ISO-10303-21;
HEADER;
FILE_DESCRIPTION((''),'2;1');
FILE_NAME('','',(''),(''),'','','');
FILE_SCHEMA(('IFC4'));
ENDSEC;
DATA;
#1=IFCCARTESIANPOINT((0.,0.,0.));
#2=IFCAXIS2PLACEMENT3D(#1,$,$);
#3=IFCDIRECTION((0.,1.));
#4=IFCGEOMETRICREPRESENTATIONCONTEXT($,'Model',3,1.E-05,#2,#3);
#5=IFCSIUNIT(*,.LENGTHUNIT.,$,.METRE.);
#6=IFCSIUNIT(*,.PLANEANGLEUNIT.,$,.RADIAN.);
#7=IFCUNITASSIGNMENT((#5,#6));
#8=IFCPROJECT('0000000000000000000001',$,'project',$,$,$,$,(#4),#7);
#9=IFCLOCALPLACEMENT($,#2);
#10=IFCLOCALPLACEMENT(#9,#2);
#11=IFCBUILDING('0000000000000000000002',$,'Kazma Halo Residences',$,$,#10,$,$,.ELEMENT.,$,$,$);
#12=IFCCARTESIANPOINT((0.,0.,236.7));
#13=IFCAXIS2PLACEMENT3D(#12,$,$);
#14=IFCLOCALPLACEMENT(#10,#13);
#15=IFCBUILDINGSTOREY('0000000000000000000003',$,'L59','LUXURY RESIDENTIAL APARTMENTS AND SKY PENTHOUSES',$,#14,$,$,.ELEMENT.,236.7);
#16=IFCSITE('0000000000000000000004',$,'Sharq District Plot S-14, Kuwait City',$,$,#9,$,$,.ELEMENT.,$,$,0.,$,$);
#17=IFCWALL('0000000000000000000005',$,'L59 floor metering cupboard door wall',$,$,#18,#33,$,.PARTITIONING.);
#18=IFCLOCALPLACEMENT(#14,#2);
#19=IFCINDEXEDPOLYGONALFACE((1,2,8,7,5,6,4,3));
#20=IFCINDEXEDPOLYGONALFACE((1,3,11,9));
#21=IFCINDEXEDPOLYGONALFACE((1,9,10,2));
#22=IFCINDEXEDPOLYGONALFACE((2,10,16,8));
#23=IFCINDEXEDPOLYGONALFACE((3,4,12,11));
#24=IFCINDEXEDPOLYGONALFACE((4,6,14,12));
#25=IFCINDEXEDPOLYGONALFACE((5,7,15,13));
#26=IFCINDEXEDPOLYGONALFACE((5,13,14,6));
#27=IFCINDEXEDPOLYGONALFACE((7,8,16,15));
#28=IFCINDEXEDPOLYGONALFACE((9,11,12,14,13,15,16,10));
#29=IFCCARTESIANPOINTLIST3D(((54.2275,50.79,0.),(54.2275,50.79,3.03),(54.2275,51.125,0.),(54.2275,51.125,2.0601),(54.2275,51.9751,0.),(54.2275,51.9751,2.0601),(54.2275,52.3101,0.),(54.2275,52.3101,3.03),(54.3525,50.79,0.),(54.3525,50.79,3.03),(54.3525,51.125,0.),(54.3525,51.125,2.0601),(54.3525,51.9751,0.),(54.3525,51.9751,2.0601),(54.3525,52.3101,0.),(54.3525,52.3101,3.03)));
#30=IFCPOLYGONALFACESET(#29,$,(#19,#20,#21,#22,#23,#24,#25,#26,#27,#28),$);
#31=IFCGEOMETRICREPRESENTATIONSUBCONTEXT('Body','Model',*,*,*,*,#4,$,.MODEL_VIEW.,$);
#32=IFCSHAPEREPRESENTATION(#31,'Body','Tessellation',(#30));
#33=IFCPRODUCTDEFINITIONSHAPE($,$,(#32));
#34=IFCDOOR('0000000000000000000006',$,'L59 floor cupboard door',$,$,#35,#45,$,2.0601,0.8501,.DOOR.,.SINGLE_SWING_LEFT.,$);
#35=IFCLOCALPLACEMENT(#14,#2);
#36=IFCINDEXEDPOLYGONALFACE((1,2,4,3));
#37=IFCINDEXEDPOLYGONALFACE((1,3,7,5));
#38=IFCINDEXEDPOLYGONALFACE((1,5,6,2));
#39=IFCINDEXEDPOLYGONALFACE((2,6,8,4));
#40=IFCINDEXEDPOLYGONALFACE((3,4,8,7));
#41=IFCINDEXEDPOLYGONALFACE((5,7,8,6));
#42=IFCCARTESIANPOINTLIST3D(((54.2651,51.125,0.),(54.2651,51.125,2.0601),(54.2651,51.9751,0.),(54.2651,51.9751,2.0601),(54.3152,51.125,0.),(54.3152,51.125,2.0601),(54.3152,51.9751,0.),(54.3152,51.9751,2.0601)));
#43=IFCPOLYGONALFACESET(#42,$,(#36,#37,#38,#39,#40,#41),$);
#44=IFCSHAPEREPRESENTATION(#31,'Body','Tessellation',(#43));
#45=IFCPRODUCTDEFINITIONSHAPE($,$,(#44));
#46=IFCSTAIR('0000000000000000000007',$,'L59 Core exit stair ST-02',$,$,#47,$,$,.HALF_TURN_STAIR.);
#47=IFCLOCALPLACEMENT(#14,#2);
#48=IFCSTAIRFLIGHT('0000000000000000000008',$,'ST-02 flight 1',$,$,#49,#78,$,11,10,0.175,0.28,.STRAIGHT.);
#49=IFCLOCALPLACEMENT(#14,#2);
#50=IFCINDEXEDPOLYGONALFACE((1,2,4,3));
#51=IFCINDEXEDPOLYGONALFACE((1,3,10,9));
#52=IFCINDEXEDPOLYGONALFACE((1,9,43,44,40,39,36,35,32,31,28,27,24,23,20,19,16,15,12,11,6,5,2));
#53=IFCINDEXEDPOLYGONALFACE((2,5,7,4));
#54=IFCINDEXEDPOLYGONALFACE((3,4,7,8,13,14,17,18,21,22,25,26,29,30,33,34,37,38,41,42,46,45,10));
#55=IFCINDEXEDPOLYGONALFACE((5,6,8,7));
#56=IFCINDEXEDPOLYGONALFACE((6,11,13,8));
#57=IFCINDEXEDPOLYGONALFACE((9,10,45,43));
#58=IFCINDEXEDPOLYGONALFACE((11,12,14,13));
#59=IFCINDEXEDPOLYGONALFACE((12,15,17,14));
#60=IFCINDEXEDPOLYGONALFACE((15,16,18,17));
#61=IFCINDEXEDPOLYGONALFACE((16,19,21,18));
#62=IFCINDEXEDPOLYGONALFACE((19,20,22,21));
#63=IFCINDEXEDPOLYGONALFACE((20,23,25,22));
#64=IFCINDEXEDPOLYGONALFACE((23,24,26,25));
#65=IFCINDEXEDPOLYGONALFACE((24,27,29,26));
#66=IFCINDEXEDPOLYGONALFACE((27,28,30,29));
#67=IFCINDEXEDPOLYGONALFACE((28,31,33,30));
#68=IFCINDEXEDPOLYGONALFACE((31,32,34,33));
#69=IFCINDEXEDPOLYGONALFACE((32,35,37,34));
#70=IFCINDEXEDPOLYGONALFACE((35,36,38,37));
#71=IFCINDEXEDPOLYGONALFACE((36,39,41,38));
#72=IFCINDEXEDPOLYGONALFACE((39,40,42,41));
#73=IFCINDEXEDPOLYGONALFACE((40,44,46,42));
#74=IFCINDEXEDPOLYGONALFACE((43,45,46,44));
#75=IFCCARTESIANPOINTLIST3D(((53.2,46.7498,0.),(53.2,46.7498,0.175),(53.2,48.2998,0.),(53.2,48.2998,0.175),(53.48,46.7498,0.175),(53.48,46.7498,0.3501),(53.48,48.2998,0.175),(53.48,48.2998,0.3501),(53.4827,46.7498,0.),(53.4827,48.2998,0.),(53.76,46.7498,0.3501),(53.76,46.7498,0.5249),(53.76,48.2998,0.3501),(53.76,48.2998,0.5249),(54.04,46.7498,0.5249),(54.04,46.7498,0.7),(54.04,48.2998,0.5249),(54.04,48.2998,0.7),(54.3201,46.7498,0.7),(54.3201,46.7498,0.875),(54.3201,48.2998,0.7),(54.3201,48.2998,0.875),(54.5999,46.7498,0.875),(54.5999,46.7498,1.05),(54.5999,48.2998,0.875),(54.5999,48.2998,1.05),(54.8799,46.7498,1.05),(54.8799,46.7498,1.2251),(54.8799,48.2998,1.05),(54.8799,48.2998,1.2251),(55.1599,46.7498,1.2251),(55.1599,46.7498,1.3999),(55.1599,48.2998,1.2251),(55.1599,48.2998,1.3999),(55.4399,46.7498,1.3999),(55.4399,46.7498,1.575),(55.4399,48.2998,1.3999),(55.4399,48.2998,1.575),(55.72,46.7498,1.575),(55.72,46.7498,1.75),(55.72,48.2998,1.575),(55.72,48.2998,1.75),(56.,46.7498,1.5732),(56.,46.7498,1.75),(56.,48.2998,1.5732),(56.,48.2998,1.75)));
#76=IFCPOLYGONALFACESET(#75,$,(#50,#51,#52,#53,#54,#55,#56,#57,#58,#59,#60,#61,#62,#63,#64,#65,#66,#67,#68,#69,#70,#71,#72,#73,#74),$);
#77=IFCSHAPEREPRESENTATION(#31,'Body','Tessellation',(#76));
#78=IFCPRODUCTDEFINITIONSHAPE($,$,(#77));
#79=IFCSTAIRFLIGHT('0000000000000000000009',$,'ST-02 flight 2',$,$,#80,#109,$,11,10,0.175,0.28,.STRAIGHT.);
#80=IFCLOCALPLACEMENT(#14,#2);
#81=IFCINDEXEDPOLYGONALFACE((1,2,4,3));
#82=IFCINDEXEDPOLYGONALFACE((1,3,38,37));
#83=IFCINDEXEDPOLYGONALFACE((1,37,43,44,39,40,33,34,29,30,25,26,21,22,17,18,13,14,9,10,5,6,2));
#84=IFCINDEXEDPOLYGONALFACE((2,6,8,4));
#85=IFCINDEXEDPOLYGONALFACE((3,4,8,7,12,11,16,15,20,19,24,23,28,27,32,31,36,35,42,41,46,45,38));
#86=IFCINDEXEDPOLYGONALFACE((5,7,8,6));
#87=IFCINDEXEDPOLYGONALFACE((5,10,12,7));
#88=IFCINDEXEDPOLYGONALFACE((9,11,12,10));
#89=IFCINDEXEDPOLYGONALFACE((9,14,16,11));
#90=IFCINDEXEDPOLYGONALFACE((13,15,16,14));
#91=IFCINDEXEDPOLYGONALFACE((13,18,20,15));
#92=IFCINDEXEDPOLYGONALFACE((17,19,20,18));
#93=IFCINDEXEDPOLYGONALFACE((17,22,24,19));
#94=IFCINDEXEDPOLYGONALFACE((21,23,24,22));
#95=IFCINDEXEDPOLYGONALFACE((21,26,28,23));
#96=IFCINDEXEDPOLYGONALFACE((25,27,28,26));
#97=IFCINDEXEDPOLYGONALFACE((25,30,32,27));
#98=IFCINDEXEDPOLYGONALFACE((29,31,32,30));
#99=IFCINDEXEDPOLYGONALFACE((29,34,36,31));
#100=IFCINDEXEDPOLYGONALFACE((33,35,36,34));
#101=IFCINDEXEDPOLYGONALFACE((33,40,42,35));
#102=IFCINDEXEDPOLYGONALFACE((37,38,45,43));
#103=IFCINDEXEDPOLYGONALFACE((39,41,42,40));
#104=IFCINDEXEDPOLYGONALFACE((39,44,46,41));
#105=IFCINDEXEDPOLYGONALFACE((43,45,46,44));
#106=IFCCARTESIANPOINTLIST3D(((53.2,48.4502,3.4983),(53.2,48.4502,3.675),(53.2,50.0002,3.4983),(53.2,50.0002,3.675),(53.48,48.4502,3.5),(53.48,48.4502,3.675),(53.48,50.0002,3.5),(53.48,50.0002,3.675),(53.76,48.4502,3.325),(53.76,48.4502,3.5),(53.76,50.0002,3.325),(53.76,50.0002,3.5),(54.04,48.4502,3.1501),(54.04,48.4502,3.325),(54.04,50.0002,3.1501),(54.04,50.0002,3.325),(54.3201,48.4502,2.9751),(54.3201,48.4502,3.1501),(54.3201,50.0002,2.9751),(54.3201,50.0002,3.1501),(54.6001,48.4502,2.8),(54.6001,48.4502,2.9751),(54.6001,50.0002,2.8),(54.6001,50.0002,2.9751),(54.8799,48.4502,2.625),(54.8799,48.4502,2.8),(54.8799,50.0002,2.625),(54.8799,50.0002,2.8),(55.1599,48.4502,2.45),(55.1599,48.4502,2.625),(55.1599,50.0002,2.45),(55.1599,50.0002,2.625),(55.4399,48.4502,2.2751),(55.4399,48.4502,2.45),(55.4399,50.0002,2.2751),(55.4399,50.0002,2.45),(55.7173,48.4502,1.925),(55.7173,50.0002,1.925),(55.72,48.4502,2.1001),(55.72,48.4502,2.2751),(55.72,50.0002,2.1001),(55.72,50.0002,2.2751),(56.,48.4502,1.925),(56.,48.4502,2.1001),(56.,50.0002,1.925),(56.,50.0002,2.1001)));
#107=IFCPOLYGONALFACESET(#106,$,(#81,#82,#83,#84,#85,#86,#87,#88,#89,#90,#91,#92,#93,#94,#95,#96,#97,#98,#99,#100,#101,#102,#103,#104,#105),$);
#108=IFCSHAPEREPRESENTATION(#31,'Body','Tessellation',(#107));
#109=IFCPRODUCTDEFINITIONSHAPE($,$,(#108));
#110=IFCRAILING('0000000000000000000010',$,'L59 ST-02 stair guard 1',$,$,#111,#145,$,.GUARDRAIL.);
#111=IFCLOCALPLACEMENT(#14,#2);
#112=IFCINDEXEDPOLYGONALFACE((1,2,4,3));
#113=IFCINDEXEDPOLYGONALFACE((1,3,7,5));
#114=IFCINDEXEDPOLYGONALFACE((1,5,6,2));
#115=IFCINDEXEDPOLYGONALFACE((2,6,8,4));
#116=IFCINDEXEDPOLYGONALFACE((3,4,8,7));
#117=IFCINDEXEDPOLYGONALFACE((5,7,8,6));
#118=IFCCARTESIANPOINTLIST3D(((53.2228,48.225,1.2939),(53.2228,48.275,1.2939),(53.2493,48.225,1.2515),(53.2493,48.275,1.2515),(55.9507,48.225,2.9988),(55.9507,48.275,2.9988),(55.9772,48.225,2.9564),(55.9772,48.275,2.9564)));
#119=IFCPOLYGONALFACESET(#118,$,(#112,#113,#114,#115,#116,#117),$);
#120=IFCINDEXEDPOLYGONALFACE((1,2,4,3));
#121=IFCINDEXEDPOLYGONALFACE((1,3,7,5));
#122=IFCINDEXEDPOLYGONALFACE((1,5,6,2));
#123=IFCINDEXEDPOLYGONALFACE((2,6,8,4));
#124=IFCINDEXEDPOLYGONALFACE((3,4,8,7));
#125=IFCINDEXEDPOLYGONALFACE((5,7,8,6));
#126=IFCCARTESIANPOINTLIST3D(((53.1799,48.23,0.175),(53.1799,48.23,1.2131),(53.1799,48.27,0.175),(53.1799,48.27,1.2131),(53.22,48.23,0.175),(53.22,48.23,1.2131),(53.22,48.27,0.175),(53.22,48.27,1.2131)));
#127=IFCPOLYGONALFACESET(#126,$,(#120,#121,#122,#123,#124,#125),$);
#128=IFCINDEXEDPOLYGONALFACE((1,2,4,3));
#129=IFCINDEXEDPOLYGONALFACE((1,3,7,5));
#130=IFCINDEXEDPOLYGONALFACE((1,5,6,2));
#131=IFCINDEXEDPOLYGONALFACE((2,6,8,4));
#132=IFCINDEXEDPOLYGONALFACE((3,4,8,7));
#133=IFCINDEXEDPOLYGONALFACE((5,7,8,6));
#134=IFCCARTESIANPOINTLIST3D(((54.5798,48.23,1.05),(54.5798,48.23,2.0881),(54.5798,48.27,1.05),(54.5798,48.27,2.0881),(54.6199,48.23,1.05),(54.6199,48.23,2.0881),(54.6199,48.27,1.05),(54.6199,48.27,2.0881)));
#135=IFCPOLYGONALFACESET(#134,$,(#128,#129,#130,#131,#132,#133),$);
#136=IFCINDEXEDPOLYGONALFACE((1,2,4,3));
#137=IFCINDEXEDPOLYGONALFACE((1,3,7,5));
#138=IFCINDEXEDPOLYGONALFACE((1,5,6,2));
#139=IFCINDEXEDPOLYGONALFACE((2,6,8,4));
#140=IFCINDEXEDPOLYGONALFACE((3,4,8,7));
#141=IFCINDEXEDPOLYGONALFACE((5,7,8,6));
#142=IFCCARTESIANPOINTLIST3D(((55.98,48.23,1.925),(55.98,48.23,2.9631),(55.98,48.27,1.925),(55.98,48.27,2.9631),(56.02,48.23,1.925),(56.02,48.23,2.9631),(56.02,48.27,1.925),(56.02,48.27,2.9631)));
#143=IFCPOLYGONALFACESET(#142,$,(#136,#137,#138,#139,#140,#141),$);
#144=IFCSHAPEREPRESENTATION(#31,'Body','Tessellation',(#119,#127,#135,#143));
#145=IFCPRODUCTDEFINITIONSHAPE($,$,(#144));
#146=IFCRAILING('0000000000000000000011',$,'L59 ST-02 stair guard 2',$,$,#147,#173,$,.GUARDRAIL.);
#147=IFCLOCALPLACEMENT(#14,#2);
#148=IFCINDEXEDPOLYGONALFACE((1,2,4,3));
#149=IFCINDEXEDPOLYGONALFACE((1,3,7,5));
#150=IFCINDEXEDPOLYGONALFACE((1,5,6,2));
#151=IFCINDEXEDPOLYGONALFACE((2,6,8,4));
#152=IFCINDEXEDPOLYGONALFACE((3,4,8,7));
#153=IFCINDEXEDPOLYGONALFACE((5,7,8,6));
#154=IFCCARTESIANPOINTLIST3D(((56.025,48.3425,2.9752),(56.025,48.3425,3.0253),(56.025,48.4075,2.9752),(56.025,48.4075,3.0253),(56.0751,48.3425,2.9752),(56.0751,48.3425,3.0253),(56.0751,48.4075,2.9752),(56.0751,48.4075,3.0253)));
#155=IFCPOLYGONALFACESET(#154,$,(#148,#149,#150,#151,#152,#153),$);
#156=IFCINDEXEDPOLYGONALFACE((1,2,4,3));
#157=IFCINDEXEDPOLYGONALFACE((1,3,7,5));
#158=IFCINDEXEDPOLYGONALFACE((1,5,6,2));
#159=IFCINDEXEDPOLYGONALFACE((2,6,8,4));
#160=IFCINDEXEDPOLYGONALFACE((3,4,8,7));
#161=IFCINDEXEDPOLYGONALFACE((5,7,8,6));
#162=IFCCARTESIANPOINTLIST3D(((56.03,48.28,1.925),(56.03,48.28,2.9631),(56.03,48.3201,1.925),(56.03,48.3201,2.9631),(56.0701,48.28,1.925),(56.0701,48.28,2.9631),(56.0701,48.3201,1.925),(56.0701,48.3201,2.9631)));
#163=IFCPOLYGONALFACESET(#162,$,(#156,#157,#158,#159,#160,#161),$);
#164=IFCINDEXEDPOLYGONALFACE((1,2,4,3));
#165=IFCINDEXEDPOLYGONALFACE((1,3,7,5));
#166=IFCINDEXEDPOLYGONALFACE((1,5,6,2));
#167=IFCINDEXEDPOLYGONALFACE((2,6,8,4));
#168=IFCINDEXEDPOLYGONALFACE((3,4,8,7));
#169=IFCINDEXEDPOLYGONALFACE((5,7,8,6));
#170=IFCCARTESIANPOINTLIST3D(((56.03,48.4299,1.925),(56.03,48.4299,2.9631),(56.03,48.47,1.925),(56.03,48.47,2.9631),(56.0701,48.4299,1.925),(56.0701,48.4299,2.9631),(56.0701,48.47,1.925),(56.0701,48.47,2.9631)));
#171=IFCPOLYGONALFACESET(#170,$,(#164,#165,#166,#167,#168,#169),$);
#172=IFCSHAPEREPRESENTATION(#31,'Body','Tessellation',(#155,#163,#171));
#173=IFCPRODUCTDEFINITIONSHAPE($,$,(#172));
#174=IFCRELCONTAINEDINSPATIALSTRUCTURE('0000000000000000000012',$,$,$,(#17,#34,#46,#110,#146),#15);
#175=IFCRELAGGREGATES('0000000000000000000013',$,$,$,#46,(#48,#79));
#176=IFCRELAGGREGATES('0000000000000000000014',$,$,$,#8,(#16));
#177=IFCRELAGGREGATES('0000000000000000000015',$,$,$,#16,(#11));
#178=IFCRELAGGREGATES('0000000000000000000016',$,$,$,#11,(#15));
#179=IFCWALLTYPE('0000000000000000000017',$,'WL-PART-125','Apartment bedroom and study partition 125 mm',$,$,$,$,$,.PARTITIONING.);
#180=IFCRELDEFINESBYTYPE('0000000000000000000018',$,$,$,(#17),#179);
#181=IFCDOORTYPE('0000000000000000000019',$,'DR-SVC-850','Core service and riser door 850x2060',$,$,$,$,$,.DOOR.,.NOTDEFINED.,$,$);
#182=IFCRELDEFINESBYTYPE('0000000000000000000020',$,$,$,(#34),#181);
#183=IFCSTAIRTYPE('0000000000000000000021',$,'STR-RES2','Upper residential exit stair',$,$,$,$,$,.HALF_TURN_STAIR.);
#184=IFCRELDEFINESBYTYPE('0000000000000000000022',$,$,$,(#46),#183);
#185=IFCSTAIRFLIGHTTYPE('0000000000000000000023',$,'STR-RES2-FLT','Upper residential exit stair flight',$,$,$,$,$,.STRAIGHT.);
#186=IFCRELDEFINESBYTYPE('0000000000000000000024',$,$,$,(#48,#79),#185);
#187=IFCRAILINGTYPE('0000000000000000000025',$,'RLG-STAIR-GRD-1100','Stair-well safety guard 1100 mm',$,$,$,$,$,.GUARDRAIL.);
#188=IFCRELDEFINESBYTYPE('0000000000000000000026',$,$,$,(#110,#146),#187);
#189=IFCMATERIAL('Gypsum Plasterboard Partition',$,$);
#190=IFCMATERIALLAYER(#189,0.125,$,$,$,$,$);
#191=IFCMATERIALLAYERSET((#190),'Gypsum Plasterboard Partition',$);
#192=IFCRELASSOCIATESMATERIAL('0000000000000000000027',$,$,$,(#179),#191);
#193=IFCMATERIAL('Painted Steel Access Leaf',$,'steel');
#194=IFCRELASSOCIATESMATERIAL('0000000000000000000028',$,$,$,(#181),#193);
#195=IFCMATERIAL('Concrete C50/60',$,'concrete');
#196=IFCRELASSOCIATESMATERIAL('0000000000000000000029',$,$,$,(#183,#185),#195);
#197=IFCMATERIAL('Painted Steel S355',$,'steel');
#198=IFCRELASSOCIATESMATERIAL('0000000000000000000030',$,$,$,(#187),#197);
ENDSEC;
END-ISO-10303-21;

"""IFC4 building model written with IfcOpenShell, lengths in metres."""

from ifc_helpers import new_model, si_unit, direction, frame, frame_2d, origin, origin_2d, place, context, subcontext, project, spatial, polyline, rectangle, outline, extrude, material, layer, layer_set, type_object, element, fill, aggregate, save


model = new_model("IFC4")

# Units and contexts
model_context = context("Model", 3, precision=1e-05, world=origin(), true_north=direction((0.0, 1.0)))
body_context = subcontext(model_context, "Body", "Model", "MODEL_VIEW")
ifc_project = project(units=[si_unit("LENGTHUNIT", "METRE"), si_unit("PLANEANGLEUNIT", "RADIAN")], contexts=[model_context])

# Site, building, storey
site_placement = place(None, origin())
site = spatial("IfcSite", under=ifc_project, at=site_placement, Name="Sharq District Plot S-14, Kuwait City", CompositionType="ELEMENT", RefElevation=0.0)
building_placement = place(site_placement, origin())
building = spatial("IfcBuilding", under=site, at=building_placement, Name="Kazma Halo Residences", CompositionType="ELEMENT")
storey_placement = place(building_placement, frame((0.0, 0.0, 236.7)))
storey = spatial("IfcBuildingStorey", under=building, at=storey_placement, Name="L59", Description="LUXURY RESIDENTIAL APARTMENTS AND SKY PENTHOUSES", CompositionType="ELEMENT", Elevation=236.7)

# Wall, opening, door
ifc_material_1 = material(Name="Gypsum Plasterboard Partition")
ifc_layer_1 = layer(ifc_material_1, 0.125)
ifc_layer_set_1 = layer_set([ifc_layer_1], Name="Gypsum Plasterboard Partition")
wall_type_1 = type_object("IfcWallType", Name="WL-PART-125", Description="Apartment bedroom and study partition 125 mm", PredefinedType="PARTITIONING", material=ifc_layer_set_1)
wall_1_placement = place(storey_placement, frame((54.29, 50.79, 0.0), z_axis=(0.0, 0.0, 1.0), x_axis=(0.0, 1.0, 0.0)))
wall_1 = element("IfcWall", 1, at=wall_1_placement, inside=storey, type_object=wall_type_1, Name="L59 floor metering cupboard door wall", PredefinedType="PARTITIONING", context=body_context, shape_type="SweptSolid", body=[
    extrude(rectangle(XDim=1.52, YDim=0.125, at=frame_2d((0.76, 0.0))), origin(), (0.0, 0.0, 1.0), 3.03),
])
opening_1_placement = place(wall_1_placement, frame((0.335, 0.0, 0.0)))
opening_1 = element("IfcOpeningElement", 2, at=opening_1_placement, cuts=wall_1, PredefinedType="OPENING", context=body_context, shape_type="SweptSolid", body=[
    extrude(rectangle(XDim=0.8501, YDim=2.0601, at=frame_2d((0.425, 1.03))), frame((0.0, 0.0725, 0.0), z_axis=(0.0, -1.0, 0.0), x_axis=(1.0, 0.0, 0.0)), (0.0, 0.0, 1.0), 0.145),
])
ifc_material_2 = material(Name="Painted Steel Access Leaf", Category="steel")
door_type_1 = type_object("IfcDoorType", Name="DR-SVC-850", Description="Core service and riser door 850x2060", OperationType="NOTDEFINED", PredefinedType="DOOR", material=ifc_material_2)
door_1_placement = place(opening_1_placement, origin())
door_1 = element("IfcDoor", 3, at=door_1_placement, inside=storey, type_object=door_type_1, Name="L59 floor cupboard door", OperationType="SINGLE_SWING_LEFT", OverallHeight=2.0601, OverallWidth=0.8501, PredefinedType="DOOR", context=body_context, shape_type="SweptSolid", body=[
    extrude(rectangle(XDim=0.8501, YDim=2.0601, at=frame_2d((0.425, 1.03))), frame((0.0, 0.0249, 0.0), z_axis=(0.0, -1.0, 0.0), x_axis=(1.0, 0.0, 0.0)), (0.0, 0.0, 1.0), 0.05),
])
fill(opening_1, door_1)
ifc_material_3 = material(Name="Concrete C50/60", Category="concrete")

# Stair, stair flights
stair_type = type_object("IfcStairType", Name="STR-RES2", Description="Upper residential exit stair", PredefinedType="HALF_TURN_STAIR", material=ifc_material_3)
stair_placement = place(storey_placement, origin())
stair = element("IfcStair", 4, at=stair_placement, inside=storey, type_object=stair_type, Name="L59 Core exit stair ST-02", PredefinedType="HALF_TURN_STAIR")
stair_flight_type = type_object("IfcStairFlightType", Name="STR-RES2-FLT", Description="Upper residential exit stair flight", PredefinedType="STRAIGHT", material=ifc_material_3)
stair_flight_1_placement = place(storey_placement, frame((53.2, 47.5249, 0.0), z_axis=(0.0, 0.0, 1.0), x_axis=(1.0, 0.0, 0.0)))
stair_flight_1 = element("IfcStairFlight", 5, at=stair_flight_1_placement, type_object=stair_flight_type, Name="ST-02 flight 1", NumberOfRisers=11, NumberOfTreads=10, PredefinedType="STRAIGHT", RiserHeight=0.175, TreadLength=0.28, context=body_context, shape_type="SweptSolid", body=[
    extrude(outline(polyline([(0.0, 0.0), (0.0, 0.175), (0.28, 0.175), (0.28, 0.3501), (0.5601, 0.3501), (0.5601, 0.5249), (0.8401, 0.5249), (0.8401, 0.7), (1.1201, 0.7), (1.1201, 0.875), (1.3999, 0.875), (1.3999, 1.05), (1.6799, 1.05), (1.6799, 1.2251), (1.96, 1.2251), (1.96, 1.3999), (2.24, 1.3999), (2.24, 1.575), (2.52, 1.575), (2.52, 1.75), (2.8, 1.75), (2.8, 1.925), (2.8, 1.5732), (0.2827, 0.0), (0.0, 0.0)])), frame((0.0, 0.7749, 0.0), z_axis=(0.0, -1.0, 0.0), x_axis=(1.0, 0.0, 0.0)), (0.0, 0.0, 1.0), 1.55),
])
stair_flight_2_placement = place(storey_placement, frame((56.0, 49.2251, 1.925), z_axis=(0.0, 0.0, 1.0), x_axis=(-1.0, 0.0, 0.0)))
stair_flight_2 = element("IfcStairFlight", 6, at=stair_flight_2_placement, type_object=stair_flight_type, Name="ST-02 flight 2", NumberOfRisers=11, NumberOfTreads=10, PredefinedType="STRAIGHT", RiserHeight=0.175, TreadLength=0.28, context=body_context, shape_type="SweptSolid", body=[
    extrude(outline(polyline([(0.0, 0.0), (0.0, 0.175), (0.28, 0.175), (0.28, 0.3501), (0.5601, 0.3501), (0.5601, 0.5249), (0.8401, 0.5249), (0.8401, 0.7), (1.1201, 0.7), (1.1201, 0.875), (1.3999, 0.875), (1.3999, 1.05), (1.6799, 1.05), (1.6799, 1.2251), (1.96, 1.2251), (1.96, 1.3999), (2.24, 1.3999), (2.24, 1.575), (2.52, 1.575), (2.52, 1.75), (2.8, 1.75), (2.8, 1.925), (2.8, 1.5732), (0.2827, 0.0), (0.0, 0.0)])), frame((0.0, 0.7749, 0.0), z_axis=(0.0, -1.0, 0.0), x_axis=(1.0, 0.0, 0.0)), (0.0, 0.0, 1.0), 1.55),
])
aggregate(stair, [stair_flight_1, stair_flight_2])

# Railings
ifc_material_4 = material(Name="Painted Steel S355", Category="steel")
railing_type_1 = type_object("IfcRailingType", Name="RLG-STAIR-GRD-1100", Description="Stair-well safety guard 1100 mm", PredefinedType="GUARDRAIL", material=ifc_material_4)
railing_1_placement = place(storey_placement, frame((53.2, 48.25, 0.175)))
element("IfcRailing", 7, at=railing_1_placement, inside=storey, type_object=railing_type_1, Name="L59 ST-02 stair guard 1", PredefinedType="GUARDRAIL", context=body_context, shape_type="SweptSolid", body=[
    extrude(rectangle(XDim=0.05, YDim=0.05, at=origin_2d()), frame((0.0361, 0.0, 1.0977), z_axis=(0.848002, 0.0, 0.529992), x_axis=(0.0, 1.0, 0.0)), (0.0, 0.0, 1.0), 3.2168),
    extrude(rectangle(XDim=0.04, YDim=0.04, at=origin_2d()), origin(), (0.0, 0.0, 1.0), 1.0381),
    extrude(rectangle(XDim=0.04, YDim=0.04, at=origin_2d()), frame((1.3999, 0.0, 0.875)), (0.0, 0.0, 1.0), 1.0381),
    extrude(rectangle(XDim=0.04, YDim=0.04, at=origin_2d()), frame((2.8, 0.0, 1.75)), (0.0, 0.0, 1.0), 1.0381),
])
railing_2_placement = place(storey_placement, frame((56.05, 48.3, 1.925)))
element("IfcRailing", 8, at=railing_2_placement, inside=storey, type_object=railing_type_1, Name="L59 ST-02 stair guard 2", PredefinedType="GUARDRAIL", context=body_context, shape_type="SweptSolid", body=[
    extrude(rectangle(XDim=0.05, YDim=0.05, at=origin_2d()), frame((0.0, 0.0425, 1.0752), z_axis=(0.0, 1.0, 0.0), x_axis=(-1.0, 0.0, 0.0)), (0.0, 0.0, 1.0), 0.0649),
    extrude(rectangle(XDim=0.04, YDim=0.04, at=origin_2d()), origin(), (0.0, 0.0, 1.0), 1.0381),
    extrude(rectangle(XDim=0.04, YDim=0.04, at=origin_2d()), frame((0.0, 0.1499, 0.0)), (0.0, 0.0, 1.0), 1.0381),
])

save(model, "model.ifc")
